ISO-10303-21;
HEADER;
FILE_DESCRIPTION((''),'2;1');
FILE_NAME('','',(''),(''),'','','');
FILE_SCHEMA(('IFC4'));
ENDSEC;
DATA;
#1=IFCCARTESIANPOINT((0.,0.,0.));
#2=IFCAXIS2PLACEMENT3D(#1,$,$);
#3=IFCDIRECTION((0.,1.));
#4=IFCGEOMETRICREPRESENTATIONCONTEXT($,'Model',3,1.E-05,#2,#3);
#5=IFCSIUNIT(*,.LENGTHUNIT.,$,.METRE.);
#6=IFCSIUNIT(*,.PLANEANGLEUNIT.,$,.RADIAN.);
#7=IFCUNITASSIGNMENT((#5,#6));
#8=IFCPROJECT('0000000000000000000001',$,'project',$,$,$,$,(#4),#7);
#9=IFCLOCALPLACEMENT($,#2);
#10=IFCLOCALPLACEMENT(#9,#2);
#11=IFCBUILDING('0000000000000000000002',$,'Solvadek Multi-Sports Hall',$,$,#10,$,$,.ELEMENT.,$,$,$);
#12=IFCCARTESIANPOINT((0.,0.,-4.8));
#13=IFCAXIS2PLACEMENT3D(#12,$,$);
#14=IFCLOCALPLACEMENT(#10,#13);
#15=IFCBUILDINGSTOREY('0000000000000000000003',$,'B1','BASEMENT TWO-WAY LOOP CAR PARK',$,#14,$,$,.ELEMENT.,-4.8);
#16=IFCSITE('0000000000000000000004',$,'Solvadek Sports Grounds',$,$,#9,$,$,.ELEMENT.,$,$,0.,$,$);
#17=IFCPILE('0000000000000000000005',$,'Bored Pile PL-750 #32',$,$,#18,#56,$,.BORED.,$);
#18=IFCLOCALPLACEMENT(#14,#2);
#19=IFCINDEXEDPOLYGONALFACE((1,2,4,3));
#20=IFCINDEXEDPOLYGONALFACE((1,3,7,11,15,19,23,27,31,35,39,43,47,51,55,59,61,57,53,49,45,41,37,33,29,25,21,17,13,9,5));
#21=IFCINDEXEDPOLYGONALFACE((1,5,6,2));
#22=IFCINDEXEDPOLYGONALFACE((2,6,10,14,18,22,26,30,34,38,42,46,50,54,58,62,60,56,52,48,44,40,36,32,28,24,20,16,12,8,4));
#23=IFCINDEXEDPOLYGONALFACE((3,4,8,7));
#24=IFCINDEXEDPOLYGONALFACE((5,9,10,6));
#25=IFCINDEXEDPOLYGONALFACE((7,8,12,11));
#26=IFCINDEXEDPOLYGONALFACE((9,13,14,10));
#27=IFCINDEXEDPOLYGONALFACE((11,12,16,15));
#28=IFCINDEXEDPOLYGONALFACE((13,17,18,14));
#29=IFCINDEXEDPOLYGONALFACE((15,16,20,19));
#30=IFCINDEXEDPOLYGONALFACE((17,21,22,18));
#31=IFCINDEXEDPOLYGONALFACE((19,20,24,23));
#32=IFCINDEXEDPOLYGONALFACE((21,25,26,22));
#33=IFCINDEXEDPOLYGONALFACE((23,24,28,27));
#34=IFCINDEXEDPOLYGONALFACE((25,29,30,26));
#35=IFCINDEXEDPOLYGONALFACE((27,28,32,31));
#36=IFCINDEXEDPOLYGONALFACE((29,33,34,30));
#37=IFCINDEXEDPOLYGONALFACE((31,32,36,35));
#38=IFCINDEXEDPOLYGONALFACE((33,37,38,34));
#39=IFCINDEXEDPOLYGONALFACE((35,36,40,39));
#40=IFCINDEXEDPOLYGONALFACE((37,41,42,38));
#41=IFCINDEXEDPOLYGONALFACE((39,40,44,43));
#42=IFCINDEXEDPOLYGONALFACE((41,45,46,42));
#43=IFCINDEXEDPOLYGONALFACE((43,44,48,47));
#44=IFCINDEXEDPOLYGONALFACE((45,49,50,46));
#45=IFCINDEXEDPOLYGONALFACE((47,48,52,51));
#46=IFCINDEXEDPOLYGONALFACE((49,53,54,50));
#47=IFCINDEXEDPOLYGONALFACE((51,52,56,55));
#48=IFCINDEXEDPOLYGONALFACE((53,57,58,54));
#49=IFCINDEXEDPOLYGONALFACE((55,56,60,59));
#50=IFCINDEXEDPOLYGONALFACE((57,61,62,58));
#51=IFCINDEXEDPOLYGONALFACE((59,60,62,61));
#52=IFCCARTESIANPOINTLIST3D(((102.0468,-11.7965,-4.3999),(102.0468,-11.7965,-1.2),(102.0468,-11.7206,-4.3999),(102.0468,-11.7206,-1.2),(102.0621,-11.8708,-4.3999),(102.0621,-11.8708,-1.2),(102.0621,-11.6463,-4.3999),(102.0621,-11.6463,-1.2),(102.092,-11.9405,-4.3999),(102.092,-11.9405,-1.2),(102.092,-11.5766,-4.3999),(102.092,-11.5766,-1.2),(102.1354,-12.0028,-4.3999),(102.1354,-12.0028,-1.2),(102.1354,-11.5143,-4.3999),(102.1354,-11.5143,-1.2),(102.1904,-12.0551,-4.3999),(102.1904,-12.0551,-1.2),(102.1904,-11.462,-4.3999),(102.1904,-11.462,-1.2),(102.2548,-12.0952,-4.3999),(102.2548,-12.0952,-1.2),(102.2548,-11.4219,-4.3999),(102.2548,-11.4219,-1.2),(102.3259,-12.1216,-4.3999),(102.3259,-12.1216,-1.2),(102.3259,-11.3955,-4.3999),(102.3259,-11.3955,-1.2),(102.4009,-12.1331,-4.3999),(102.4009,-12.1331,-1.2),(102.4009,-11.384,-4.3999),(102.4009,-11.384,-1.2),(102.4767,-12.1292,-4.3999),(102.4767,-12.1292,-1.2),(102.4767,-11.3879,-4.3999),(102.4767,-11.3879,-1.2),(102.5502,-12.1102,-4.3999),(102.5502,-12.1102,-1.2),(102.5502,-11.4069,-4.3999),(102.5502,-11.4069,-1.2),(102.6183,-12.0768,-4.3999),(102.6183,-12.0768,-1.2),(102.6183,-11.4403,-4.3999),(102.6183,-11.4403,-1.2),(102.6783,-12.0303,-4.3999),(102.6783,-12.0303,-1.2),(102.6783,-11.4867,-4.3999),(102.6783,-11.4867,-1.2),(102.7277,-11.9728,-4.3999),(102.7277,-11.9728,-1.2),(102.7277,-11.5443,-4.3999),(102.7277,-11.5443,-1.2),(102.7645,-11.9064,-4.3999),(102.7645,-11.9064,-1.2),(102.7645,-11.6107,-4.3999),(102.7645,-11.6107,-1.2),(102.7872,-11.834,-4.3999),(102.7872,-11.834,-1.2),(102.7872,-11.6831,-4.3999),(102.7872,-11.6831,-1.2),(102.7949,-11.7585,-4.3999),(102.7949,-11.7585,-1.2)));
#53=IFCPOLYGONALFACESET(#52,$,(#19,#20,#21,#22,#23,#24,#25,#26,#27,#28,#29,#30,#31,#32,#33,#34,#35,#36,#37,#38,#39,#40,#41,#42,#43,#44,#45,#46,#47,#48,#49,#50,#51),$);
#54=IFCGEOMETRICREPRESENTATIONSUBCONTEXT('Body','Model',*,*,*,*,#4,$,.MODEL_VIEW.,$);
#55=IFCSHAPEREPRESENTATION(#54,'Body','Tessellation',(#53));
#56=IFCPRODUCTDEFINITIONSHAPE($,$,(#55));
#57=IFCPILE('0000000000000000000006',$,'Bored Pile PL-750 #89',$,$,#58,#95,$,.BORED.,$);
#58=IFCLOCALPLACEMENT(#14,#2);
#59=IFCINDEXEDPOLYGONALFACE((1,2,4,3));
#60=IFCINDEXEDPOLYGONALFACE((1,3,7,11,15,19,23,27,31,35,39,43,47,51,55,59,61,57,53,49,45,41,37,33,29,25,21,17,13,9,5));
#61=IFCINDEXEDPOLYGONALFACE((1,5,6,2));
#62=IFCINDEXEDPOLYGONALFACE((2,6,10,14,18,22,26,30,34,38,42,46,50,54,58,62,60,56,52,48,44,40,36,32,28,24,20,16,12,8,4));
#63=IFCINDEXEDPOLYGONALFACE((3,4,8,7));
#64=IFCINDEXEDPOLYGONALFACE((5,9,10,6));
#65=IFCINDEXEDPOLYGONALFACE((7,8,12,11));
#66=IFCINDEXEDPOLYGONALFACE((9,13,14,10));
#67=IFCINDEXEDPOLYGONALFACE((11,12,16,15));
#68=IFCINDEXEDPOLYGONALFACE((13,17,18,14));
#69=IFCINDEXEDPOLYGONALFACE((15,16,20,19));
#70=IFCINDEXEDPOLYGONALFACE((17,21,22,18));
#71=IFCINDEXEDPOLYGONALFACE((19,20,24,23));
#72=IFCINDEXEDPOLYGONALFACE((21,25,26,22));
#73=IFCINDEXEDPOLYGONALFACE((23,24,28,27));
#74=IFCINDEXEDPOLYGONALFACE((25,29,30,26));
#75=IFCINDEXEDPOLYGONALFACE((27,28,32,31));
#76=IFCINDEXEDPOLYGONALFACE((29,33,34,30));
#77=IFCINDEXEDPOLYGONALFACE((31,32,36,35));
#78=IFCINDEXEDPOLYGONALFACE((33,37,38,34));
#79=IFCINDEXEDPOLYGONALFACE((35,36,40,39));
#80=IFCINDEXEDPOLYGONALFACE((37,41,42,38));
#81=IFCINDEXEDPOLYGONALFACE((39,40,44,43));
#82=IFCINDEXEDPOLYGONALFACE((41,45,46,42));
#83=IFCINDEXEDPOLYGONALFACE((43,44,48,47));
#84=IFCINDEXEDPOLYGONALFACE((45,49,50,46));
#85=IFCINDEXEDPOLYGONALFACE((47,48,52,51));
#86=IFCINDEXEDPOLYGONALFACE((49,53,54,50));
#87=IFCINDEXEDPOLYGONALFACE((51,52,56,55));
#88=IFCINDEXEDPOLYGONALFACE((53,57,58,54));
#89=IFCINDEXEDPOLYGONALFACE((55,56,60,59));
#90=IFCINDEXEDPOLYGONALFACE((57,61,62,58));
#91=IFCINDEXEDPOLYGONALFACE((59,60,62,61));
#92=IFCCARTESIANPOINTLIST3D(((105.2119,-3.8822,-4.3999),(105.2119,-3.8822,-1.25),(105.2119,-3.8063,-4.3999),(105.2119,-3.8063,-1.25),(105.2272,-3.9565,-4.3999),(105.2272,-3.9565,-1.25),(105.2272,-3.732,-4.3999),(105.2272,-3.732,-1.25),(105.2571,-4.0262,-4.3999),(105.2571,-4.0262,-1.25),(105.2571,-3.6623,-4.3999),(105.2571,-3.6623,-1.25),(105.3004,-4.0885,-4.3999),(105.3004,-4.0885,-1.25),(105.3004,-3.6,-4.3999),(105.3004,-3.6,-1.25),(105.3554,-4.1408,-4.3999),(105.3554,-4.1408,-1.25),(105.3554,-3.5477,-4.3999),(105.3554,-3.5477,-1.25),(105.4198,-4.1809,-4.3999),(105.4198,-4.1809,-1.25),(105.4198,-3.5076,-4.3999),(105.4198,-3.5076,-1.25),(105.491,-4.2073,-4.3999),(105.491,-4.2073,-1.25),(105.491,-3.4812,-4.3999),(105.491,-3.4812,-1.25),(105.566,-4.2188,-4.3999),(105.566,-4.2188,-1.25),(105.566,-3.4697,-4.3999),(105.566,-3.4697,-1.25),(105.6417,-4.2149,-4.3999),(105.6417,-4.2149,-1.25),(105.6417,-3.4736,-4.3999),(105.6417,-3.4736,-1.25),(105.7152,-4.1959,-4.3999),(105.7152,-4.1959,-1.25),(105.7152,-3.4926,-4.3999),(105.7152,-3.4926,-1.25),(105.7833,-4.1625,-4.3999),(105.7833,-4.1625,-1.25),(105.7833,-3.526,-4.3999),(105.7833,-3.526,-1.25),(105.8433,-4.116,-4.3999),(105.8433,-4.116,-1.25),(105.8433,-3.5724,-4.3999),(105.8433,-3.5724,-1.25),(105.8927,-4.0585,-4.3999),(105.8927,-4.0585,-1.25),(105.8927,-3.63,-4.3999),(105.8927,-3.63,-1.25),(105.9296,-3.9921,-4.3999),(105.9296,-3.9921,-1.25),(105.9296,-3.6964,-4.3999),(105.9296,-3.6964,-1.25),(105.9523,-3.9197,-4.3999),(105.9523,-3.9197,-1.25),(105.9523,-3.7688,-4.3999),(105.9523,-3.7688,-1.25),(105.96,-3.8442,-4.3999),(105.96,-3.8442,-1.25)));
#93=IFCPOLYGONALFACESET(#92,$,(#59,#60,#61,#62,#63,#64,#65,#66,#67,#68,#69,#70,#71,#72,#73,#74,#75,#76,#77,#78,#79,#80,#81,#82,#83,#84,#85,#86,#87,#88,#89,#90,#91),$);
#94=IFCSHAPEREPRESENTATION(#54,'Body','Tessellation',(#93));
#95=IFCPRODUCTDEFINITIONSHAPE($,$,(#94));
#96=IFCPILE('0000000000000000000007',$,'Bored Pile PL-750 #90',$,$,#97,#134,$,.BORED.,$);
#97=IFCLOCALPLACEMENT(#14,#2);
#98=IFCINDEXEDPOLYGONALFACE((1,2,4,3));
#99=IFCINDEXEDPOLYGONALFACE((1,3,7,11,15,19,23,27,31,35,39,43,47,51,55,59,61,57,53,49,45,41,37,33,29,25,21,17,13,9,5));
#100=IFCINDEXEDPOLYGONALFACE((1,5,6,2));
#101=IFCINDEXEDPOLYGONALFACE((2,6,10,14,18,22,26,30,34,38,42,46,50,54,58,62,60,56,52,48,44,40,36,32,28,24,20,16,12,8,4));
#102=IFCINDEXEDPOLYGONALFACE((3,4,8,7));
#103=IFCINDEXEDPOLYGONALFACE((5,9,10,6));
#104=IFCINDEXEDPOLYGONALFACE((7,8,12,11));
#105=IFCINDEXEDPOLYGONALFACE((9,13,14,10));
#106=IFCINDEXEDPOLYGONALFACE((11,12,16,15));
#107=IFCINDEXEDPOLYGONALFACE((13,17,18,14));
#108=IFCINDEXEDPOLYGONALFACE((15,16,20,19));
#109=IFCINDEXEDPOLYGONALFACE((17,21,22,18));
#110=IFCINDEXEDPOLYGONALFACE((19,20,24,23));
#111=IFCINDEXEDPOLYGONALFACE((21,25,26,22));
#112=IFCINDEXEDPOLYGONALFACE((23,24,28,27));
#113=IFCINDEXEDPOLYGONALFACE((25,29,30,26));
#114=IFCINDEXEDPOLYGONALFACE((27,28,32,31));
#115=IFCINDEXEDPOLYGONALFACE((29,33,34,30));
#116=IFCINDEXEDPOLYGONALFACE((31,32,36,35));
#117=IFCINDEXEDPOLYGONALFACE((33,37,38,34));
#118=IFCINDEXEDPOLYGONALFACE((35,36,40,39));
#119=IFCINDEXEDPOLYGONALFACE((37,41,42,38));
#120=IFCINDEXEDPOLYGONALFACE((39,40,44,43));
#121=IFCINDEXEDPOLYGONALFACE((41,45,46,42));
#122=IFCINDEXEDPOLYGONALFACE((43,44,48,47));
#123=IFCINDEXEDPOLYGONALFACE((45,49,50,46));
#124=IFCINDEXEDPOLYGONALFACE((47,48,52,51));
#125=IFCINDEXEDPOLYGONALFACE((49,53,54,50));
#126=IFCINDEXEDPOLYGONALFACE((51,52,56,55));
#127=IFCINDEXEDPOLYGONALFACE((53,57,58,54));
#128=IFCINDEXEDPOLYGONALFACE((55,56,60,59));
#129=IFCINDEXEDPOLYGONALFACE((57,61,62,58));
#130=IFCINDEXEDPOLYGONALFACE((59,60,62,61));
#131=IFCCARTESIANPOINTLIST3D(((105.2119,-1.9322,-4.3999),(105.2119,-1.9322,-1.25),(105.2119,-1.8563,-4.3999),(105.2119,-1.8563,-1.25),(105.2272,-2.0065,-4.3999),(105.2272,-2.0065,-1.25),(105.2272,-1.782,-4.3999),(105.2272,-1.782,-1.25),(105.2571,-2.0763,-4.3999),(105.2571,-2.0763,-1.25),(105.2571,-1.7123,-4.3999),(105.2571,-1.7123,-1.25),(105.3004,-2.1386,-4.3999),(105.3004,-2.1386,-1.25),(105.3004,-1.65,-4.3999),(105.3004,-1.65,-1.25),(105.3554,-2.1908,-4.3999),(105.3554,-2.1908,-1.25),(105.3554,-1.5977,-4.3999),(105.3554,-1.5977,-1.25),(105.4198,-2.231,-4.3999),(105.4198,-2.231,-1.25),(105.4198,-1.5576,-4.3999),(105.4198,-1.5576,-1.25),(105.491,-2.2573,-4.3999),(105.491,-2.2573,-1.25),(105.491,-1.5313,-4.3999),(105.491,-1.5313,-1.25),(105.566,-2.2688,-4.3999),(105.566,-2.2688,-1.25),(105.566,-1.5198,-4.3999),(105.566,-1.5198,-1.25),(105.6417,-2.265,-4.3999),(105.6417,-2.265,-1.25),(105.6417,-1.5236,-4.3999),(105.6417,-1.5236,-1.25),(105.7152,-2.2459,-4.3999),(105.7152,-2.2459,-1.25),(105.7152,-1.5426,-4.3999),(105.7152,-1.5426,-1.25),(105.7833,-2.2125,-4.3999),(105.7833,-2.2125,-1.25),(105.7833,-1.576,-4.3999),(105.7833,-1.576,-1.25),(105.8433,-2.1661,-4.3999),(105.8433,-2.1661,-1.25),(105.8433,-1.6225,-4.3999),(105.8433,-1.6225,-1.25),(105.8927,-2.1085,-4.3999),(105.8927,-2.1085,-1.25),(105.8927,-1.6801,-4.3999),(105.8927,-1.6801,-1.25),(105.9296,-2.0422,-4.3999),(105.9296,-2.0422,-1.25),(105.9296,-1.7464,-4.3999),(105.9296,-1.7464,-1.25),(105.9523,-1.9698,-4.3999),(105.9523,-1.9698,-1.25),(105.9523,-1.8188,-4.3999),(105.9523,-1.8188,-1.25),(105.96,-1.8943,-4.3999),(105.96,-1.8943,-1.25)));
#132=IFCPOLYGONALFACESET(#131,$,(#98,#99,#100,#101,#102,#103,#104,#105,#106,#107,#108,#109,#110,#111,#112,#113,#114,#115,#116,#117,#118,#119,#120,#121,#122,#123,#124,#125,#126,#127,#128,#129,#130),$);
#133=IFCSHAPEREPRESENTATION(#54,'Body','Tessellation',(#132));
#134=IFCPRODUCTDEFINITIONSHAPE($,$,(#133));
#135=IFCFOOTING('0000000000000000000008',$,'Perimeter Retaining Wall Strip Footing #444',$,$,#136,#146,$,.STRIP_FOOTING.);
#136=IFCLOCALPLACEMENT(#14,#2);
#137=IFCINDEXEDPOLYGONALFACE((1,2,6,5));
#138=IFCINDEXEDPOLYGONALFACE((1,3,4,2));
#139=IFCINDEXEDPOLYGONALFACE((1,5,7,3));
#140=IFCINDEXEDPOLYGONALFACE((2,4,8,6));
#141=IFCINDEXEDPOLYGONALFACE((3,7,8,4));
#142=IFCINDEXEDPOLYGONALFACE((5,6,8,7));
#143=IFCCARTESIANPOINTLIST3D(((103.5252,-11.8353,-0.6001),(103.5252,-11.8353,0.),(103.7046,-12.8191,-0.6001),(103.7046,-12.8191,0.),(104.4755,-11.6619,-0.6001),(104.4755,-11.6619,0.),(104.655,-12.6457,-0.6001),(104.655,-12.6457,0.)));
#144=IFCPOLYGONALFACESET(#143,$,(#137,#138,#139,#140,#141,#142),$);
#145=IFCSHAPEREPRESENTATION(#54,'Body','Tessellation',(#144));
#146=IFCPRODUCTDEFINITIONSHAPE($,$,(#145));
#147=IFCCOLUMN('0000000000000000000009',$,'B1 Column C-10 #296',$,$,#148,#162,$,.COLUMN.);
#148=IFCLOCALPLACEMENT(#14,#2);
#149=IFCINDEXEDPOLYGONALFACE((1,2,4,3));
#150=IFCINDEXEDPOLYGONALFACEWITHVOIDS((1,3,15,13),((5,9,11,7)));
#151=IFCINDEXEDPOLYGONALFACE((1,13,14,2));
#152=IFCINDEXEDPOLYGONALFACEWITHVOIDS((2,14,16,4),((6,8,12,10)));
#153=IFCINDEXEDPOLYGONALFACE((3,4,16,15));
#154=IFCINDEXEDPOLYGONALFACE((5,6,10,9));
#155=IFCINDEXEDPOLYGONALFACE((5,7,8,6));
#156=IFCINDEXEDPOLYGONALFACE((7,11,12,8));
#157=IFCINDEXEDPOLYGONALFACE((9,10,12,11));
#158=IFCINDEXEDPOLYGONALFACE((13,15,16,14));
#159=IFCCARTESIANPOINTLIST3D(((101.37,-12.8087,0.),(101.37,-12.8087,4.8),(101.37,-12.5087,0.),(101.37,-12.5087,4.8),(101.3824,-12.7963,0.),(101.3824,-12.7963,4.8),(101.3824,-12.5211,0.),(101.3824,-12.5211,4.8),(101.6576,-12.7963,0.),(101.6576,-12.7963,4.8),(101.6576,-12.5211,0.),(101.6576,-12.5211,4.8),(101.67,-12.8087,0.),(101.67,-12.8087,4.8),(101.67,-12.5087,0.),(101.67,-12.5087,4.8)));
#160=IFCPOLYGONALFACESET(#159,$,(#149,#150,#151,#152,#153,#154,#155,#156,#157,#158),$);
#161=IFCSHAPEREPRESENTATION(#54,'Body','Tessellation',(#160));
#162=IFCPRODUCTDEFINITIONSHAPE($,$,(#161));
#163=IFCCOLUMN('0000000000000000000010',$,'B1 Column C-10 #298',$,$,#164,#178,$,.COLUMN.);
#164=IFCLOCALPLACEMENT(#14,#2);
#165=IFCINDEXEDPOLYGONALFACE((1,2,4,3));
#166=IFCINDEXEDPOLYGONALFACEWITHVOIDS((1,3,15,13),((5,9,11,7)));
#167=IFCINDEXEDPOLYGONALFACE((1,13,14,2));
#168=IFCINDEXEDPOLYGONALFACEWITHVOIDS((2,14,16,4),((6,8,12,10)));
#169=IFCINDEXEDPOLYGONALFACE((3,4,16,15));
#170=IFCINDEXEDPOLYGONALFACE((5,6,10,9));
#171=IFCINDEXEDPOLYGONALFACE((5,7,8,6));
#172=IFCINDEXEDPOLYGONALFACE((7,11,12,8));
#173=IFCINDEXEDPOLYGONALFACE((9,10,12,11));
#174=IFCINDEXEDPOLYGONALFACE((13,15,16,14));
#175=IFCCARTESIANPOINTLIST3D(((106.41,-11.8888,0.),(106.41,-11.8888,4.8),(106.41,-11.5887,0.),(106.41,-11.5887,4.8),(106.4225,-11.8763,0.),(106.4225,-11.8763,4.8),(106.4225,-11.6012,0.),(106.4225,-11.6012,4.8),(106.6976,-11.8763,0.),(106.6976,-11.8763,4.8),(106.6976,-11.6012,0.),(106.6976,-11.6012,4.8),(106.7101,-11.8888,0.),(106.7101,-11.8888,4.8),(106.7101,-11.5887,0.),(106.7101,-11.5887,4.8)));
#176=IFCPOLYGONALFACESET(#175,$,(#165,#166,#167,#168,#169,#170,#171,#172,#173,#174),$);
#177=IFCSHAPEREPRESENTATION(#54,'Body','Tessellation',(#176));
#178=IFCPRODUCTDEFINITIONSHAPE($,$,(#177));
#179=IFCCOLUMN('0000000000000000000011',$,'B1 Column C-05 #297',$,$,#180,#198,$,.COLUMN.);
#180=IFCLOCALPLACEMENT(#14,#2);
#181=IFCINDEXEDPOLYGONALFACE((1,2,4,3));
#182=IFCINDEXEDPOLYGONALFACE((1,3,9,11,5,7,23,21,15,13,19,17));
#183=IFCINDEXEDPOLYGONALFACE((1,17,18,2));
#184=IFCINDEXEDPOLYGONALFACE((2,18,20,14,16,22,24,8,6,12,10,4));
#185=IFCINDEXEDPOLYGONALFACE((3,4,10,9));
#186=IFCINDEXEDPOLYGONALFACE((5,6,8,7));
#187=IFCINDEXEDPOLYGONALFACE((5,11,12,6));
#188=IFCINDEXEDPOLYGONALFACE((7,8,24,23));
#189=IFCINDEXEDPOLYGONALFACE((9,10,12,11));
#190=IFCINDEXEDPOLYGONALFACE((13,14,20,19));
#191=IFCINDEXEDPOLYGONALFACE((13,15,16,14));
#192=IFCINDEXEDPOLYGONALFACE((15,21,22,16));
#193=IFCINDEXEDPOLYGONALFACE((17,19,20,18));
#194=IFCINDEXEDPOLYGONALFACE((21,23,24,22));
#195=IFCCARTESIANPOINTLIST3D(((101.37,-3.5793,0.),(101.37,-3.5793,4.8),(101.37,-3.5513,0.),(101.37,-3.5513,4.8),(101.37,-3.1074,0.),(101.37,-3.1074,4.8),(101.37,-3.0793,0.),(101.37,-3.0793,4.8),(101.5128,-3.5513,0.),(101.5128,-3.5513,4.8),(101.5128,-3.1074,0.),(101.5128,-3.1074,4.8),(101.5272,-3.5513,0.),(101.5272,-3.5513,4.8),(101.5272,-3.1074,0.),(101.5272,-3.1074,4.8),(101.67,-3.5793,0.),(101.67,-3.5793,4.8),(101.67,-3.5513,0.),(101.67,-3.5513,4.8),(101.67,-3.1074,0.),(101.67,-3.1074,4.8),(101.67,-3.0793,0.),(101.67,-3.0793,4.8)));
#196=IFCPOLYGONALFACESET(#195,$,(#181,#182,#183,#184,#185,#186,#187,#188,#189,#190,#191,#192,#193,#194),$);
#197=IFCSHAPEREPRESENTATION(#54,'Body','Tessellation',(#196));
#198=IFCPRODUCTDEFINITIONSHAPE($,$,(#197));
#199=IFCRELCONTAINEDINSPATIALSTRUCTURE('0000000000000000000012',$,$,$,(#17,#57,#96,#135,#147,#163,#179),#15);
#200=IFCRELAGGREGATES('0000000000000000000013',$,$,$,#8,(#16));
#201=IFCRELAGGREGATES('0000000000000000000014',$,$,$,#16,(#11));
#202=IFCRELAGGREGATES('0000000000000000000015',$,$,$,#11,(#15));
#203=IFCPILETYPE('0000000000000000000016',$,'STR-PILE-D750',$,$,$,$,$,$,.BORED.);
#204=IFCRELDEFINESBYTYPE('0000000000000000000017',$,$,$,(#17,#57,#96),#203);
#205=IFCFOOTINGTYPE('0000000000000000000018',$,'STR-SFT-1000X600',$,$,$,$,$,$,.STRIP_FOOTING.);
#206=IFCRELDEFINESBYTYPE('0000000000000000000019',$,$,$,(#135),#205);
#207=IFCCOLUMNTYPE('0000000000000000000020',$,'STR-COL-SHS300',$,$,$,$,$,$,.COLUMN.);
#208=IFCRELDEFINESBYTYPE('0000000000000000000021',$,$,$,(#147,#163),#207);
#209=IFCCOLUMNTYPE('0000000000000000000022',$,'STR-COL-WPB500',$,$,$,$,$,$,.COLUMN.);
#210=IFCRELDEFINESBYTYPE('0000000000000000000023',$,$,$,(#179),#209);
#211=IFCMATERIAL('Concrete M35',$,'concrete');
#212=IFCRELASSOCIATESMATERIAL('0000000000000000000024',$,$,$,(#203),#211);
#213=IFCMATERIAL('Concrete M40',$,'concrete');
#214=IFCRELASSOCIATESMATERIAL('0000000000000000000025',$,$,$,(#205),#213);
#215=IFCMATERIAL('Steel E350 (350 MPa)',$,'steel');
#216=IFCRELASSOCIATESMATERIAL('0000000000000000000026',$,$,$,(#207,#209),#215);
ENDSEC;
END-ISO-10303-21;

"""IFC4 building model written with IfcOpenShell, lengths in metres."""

from ifc_helpers import new_model, si_unit, direction, frame, origin, origin_2d, place, context, subcontext, project, spatial, rectangle, hollow_rectangle, circle, i_section, extrude, material, material_profile, profile_set, type_object, element, save


model = new_model("IFC4")

# Units and contexts
model_context = context("Model", 3, precision=1e-05, world=origin(), true_north=direction((0.0, 1.0)))
body_context = subcontext(model_context, "Body", "Model", "MODEL_VIEW")
ifc_project = project(units=[si_unit("LENGTHUNIT", "METRE"), si_unit("PLANEANGLEUNIT", "RADIAN")], contexts=[model_context])

# Site, building, storey
site_placement = place(None, origin())
site = spatial("IfcSite", under=ifc_project, at=site_placement, Name="Solvadek Sports Grounds", CompositionType="ELEMENT", RefElevation=0.0)
building_placement = place(site_placement, origin())
building = spatial("IfcBuilding", under=site, at=building_placement, Name="Solvadek Multi-Sports Hall", CompositionType="ELEMENT")
storey_placement = place(building_placement, frame((0.0, 0.0, -4.8)))
storey = spatial("IfcBuildingStorey", under=building, at=storey_placement, Name="B1", Description="BASEMENT TWO-WAY LOOP CAR PARK", CompositionType="ELEMENT", Elevation=-4.8)

# Shared definitions
ifc_material_1 = material(Name="Concrete M40", Category="concrete")

# Piles
ifc_material_2 = material(Name="Concrete M35", Category="concrete")
ifc_material_profile_1 = material_profile(ifc_material_2, circle(Radius=0.375, at=origin_2d()), Name="BORED PILE D750")
ifc_profile_set_1 = profile_set([ifc_material_profile_1], Name="Concrete M35")
pile_type_1 = type_object("IfcPileType", Name="STR-PILE-D750", PredefinedType="BORED", material=ifc_profile_set_1)
pile_placement = place(storey_placement, frame((102.4199, -11.7585, -1.2), z_axis=(0.0, 0.0, -1.0), x_axis=(1.0, 0.0, 0.0)))
element("IfcPile", 1, at=pile_placement, inside=storey, type_object=pile_type_1, Name="Bored Pile PL-750 #32", PredefinedType="BORED", context=body_context, shape_type="SweptSolid", body=[
    extrude(circle(Radius=0.375, at=origin_2d()), origin(), (0.0, 0.0, 1.0), 3.2),
])
for number, where, z_axis, x_axis, name in (
    (2, (105.585, -3.8442, -1.25), (0.0, 0.0, -1.0), (1.0, 0.0, 0.0), "Bored Pile PL-750 #89"),
    (3, (105.585, -1.8943, -1.25), (0.0, 0.0, -1.0), (1.0, 0.0, 0.0), "Bored Pile PL-750 #90"),
):
    element("IfcPile", number, at=place(storey_placement, frame(where, z_axis=z_axis, x_axis=x_axis)), inside=storey, type_object=pile_type_1, Name=name, PredefinedType="BORED", context=body_context, shape_type="SweptSolid", body=[
        extrude(circle(Radius=0.375, at=origin_2d()), origin(), (0.0, 0.0, 1.0), 3.1499),
    ])

# Footing
footing_type_1 = type_object("IfcFootingType", Name="STR-SFT-1000X600", PredefinedType="STRIP_FOOTING", material=ifc_material_1)
footing_1_placement = place(storey_placement, frame((104.0901, -12.2405, -0.6001), z_axis=(0.0, 0.0, 1.0), x_axis=(0.98376, 0.179489, 0.0)))
element("IfcFooting", 4, at=footing_1_placement, inside=storey, type_object=footing_type_1, Name="Perimeter Retaining Wall Strip Footing #444", PredefinedType="STRIP_FOOTING", context=body_context, shape_type="SweptSolid", body=[
    extrude(rectangle(XDim=0.9661, YDim=1.0, at=origin_2d()), origin(), (0.0, 0.0, 1.0), 0.6001),
])

# Columns
ifc_material_3 = material(Name="Steel E350 (350 MPa)", Category="steel")
ifc_material_profile_2 = material_profile(ifc_material_3, hollow_rectangle(XDim=0.3, YDim=0.3, WallThickness=0.0125, at=origin_2d()), Name="SHS 300x300x12.5")
ifc_profile_set_2 = profile_set([ifc_material_profile_2], Name="Steel E350 (350 MPa)")
column_type_1 = type_object("IfcColumnType", Name="STR-COL-SHS300", PredefinedType="COLUMN", material=ifc_profile_set_2)
for number, where, z_axis, x_axis, name in (
    (5, (101.52, -12.6587, 0.0), (0.0, 0.0, 1.0), (1.0, 0.0, 0.0), "B1 Column C-10 #296"),
    (6, (106.5601, -11.7388, 0.0), (0.0, 0.0, 1.0), (1.0, 0.0, 0.0), "B1 Column C-10 #298"),
):
    element("IfcColumn", number, at=place(storey_placement, frame(where, z_axis=z_axis, x_axis=x_axis)), inside=storey, type_object=column_type_1, Name=name, PredefinedType="COLUMN", context=body_context, shape_type="SweptSolid", body=[
        extrude(hollow_rectangle(XDim=0.3, YDim=0.3, WallThickness=0.0125, at=origin_2d()), origin(), (0.0, 0.0, 1.0), 4.8),
    ])
ifc_material_profile_3 = material_profile(ifc_material_3, i_section(OverallWidth=0.3, OverallDepth=0.5, WebThickness=0.0144, FlangeThickness=0.0281, at=origin_2d()), Name="WPB 500")
ifc_profile_set_3 = profile_set([ifc_material_profile_3], Name="Steel E350 (350 MPa)")
column_type_2 = type_object("IfcColumnType", Name="STR-COL-WPB500", PredefinedType="COLUMN", material=ifc_profile_set_3)
column_placement = place(storey_placement, frame((101.52, -3.3293, 0.0), z_axis=(0.0, 0.0, 1.0), x_axis=(1.0, 0.0, 0.0)))
element("IfcColumn", 7, at=column_placement, inside=storey, type_object=column_type_2, Name="B1 Column C-05 #297", PredefinedType="COLUMN", context=body_context, shape_type="SweptSolid", body=[
    extrude(i_section(OverallWidth=0.3, OverallDepth=0.5, WebThickness=0.0144, FlangeThickness=0.0281, at=origin_2d()), origin(), (0.0, 0.0, 1.0), 4.8),
])

save(model, "model.ifc")
